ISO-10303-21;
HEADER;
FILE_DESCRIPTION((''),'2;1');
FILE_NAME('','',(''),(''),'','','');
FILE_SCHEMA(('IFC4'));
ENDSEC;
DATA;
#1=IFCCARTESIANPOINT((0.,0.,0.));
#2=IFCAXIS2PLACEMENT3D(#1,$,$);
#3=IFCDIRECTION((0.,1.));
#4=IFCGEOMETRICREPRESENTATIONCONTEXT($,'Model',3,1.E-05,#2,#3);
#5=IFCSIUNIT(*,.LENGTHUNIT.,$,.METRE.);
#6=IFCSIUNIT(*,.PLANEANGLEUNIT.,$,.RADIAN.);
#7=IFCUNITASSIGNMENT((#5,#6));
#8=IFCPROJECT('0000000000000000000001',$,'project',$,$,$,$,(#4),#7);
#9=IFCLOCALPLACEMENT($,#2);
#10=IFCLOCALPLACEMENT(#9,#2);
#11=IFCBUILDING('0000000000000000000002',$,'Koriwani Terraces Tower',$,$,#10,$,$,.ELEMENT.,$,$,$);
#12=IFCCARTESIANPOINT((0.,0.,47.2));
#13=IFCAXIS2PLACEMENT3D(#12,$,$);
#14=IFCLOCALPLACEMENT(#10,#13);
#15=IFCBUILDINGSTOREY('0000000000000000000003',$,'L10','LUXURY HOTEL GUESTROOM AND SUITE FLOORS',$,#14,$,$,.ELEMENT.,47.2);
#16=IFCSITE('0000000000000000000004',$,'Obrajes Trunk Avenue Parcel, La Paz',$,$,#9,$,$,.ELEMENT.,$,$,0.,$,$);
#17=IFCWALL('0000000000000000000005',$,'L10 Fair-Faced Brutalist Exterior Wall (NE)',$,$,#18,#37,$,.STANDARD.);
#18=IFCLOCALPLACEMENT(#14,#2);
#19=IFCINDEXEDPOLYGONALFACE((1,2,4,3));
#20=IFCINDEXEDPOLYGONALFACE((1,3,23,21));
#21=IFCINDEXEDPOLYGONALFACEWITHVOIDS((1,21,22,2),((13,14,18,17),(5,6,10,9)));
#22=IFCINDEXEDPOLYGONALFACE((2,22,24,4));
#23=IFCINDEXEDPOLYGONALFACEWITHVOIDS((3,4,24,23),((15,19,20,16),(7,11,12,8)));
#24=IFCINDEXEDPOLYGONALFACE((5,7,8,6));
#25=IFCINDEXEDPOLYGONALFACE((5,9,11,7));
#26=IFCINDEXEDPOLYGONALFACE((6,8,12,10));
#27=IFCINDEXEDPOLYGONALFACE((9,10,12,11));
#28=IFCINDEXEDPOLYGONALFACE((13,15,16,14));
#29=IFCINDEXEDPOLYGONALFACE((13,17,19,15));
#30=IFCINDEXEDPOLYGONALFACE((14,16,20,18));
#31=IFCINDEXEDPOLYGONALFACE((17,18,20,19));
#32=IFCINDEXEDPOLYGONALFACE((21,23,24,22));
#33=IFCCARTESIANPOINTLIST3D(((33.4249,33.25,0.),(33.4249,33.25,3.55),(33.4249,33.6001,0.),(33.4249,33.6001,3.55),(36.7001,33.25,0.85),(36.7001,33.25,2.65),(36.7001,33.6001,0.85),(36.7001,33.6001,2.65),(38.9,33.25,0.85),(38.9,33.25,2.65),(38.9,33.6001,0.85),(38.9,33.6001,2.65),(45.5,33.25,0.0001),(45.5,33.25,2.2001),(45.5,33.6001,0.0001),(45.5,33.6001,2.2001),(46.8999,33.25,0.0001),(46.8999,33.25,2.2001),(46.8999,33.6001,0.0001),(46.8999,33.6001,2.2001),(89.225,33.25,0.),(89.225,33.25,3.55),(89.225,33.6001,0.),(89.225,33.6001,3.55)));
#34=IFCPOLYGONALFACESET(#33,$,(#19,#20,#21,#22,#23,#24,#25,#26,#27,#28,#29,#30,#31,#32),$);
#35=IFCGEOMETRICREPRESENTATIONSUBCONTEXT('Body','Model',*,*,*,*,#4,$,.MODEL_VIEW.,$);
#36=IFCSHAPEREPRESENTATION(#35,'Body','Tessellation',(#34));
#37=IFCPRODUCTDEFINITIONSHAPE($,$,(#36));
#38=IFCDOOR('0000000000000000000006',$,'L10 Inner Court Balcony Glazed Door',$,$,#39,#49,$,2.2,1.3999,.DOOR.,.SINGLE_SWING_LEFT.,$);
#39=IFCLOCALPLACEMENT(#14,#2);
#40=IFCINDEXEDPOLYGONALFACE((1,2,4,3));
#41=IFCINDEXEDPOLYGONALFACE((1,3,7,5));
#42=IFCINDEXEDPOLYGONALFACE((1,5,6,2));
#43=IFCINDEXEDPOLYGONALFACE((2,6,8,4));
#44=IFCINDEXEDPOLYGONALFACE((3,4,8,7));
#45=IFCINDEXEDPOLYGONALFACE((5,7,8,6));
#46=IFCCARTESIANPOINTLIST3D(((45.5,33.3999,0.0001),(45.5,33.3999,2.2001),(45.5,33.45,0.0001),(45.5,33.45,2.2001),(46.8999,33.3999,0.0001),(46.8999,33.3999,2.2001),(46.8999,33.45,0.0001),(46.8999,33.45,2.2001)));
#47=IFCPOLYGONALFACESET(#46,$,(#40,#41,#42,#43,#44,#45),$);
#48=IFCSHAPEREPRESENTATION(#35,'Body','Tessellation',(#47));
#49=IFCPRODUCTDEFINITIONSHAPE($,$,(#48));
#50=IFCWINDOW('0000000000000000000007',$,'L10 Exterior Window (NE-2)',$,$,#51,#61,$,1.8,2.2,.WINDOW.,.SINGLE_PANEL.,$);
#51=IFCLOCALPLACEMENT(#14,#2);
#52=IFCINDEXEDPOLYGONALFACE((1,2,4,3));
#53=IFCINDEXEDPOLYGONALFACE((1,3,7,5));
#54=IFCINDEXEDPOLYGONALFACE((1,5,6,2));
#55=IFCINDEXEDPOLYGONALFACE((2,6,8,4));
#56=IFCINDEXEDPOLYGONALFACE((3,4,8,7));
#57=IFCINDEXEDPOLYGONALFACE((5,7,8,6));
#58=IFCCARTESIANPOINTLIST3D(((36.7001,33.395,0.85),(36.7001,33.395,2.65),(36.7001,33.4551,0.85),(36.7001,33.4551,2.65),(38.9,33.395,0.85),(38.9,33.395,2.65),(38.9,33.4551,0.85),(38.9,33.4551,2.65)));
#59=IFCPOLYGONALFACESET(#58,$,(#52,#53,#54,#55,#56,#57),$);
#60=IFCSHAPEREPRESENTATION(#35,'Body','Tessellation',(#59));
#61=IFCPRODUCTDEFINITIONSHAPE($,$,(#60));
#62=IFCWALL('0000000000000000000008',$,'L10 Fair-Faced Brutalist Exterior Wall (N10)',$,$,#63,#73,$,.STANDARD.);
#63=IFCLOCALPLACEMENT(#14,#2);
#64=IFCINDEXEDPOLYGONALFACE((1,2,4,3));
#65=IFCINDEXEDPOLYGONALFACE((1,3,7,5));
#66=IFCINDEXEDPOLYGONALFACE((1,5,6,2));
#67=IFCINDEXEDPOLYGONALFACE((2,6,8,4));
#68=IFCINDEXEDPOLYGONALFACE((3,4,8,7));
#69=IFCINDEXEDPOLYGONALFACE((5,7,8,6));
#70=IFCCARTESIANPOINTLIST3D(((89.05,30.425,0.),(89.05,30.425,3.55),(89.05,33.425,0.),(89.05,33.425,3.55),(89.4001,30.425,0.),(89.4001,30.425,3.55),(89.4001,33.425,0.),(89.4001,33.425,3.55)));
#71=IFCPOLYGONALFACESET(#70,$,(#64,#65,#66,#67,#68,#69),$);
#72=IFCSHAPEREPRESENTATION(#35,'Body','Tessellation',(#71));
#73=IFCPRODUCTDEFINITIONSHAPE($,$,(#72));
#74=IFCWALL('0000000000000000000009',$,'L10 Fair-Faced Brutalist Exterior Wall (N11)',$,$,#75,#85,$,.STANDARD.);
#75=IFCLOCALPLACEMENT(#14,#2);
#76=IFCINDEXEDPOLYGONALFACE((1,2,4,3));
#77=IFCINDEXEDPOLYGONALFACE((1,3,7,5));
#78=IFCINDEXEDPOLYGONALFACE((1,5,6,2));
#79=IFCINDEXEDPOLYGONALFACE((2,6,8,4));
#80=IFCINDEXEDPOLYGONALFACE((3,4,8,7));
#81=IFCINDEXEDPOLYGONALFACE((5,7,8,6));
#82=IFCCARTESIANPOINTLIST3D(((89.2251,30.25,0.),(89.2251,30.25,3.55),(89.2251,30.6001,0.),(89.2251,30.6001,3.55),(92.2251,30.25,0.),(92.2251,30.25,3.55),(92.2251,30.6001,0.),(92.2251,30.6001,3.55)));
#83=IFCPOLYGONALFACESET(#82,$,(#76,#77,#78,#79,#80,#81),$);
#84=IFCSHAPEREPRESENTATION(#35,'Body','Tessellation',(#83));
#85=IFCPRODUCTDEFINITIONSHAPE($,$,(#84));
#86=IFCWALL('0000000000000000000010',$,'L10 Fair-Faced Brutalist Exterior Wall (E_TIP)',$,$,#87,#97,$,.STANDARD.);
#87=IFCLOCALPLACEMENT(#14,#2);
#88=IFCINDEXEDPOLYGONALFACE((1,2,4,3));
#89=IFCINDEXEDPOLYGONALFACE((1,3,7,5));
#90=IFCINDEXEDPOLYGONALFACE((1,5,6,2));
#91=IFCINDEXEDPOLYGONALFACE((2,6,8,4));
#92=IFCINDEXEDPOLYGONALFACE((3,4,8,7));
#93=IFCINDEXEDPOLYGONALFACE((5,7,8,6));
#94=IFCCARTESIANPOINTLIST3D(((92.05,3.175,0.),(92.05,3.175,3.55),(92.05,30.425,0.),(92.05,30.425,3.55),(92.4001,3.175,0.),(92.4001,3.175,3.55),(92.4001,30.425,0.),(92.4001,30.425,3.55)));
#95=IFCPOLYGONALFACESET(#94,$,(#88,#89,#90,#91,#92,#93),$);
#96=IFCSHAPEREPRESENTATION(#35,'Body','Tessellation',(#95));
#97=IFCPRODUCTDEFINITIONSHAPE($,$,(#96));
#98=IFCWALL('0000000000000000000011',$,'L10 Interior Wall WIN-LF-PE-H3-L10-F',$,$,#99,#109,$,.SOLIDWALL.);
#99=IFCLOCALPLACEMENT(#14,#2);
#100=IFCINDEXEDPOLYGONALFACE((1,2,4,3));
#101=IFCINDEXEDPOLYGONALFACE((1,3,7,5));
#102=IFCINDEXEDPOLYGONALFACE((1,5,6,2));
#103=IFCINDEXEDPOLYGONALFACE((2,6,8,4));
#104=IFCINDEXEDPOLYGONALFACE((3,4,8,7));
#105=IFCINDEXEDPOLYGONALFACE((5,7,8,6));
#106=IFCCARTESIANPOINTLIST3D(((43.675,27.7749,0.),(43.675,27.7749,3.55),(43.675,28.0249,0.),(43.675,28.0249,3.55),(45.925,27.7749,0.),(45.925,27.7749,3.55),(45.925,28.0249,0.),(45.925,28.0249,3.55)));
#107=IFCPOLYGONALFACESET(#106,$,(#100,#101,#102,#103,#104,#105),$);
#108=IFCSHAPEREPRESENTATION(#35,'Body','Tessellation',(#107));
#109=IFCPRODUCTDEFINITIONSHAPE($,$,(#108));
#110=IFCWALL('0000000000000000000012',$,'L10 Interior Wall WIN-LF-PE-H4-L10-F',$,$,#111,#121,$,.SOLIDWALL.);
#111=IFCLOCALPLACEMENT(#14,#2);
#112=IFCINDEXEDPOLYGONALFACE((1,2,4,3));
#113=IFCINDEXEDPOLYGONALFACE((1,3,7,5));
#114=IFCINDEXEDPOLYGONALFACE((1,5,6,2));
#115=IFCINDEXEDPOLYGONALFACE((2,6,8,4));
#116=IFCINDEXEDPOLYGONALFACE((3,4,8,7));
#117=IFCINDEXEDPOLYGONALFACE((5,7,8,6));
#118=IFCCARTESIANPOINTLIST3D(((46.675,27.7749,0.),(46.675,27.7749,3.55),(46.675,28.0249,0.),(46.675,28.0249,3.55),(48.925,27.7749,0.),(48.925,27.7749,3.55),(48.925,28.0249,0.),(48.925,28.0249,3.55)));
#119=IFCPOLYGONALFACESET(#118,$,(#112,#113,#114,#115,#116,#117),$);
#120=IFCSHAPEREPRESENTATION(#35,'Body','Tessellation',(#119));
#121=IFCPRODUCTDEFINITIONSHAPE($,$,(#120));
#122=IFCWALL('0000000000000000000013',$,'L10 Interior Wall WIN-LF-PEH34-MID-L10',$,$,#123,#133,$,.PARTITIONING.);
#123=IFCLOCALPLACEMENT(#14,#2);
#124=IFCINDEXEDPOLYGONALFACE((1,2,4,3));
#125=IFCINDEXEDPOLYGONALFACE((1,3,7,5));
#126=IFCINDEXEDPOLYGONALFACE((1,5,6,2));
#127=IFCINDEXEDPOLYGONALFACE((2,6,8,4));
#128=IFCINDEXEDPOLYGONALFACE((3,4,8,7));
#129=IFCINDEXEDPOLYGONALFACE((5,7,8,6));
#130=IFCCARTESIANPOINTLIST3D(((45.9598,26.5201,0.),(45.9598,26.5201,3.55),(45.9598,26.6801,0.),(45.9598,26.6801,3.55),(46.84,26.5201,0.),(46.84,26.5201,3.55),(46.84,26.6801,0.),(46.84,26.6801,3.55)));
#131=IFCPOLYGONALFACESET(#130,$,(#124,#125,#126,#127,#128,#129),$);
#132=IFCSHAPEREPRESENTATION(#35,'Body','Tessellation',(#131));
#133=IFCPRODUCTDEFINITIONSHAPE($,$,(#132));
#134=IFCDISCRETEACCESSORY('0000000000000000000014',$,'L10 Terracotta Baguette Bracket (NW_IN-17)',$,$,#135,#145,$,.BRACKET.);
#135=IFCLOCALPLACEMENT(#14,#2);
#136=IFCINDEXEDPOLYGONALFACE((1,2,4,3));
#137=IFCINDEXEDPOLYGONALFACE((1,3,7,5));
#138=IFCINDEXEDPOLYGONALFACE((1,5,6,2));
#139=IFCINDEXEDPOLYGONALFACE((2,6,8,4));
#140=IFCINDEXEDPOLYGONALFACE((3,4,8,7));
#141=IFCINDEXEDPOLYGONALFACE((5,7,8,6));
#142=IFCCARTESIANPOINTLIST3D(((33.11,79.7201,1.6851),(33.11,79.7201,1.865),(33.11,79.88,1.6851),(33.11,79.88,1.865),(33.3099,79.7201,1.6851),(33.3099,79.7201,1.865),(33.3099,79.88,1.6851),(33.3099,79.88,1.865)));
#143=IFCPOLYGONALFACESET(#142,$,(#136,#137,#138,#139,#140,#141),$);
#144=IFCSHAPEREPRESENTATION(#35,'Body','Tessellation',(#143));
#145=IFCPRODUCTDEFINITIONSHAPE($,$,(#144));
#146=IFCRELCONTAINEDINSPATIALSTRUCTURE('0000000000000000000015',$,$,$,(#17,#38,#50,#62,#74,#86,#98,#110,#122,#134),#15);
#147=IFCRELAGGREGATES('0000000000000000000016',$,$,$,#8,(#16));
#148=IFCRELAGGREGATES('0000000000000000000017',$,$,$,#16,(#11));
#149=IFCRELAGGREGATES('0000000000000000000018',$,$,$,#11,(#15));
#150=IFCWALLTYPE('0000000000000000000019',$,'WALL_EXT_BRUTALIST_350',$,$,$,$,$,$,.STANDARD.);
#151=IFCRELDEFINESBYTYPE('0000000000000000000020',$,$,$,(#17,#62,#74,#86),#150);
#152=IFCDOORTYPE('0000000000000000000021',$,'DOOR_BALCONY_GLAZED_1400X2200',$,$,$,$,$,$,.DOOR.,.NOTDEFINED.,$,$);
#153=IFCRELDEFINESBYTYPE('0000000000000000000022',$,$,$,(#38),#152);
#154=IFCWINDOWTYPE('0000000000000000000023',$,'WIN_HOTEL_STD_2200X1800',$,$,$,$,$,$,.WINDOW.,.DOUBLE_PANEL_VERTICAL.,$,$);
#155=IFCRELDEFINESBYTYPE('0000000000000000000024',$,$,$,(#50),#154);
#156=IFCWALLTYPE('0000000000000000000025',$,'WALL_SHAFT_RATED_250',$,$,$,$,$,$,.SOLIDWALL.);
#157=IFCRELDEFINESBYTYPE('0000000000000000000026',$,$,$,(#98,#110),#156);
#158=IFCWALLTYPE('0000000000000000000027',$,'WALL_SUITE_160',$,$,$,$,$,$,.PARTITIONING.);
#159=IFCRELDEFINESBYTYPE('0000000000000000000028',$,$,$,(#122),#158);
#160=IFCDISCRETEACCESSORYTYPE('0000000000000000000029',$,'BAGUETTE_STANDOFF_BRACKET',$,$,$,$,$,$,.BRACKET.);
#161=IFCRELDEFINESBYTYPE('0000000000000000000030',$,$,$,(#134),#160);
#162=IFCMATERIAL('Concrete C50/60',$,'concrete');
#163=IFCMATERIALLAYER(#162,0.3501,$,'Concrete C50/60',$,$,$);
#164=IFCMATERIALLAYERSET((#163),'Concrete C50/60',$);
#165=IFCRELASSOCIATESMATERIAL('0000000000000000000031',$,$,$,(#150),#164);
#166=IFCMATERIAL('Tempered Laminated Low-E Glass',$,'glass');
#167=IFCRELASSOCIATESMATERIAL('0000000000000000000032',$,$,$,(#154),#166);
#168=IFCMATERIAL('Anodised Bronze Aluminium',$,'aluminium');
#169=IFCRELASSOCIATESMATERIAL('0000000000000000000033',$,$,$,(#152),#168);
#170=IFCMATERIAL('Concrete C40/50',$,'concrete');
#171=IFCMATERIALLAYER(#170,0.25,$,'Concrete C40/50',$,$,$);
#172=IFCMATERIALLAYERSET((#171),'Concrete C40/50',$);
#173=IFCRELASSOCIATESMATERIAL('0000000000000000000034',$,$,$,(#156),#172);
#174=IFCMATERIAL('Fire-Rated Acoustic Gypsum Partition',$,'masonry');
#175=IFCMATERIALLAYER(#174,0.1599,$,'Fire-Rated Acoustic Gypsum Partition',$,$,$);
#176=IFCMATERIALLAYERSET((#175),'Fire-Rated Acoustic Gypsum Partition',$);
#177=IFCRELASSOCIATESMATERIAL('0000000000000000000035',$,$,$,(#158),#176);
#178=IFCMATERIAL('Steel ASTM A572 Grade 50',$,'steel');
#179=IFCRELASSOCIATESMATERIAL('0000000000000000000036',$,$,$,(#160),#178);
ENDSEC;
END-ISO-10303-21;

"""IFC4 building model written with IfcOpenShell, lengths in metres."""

from ifc_helpers import new_model, si_unit, direction, frame, frame_2d, origin, origin_2d, place, context, subcontext, project, spatial, rectangle, extrude, material, layer, layer_set, type_object, element, fill, save


model = new_model("IFC4")

# Units and contexts
model_context = context("Model", 3, precision=1e-05, world=origin(), true_north=direction((0.0, 1.0)))
body_context = subcontext(model_context, "Body", "Model", "MODEL_VIEW")
ifc_project = project(units=[si_unit("LENGTHUNIT", "METRE"), si_unit("PLANEANGLEUNIT", "RADIAN")], contexts=[model_context])

# Site, building, storey
site_placement = place(None, origin())
site = spatial("IfcSite", under=ifc_project, at=site_placement, Name="Obrajes Trunk Avenue Parcel, La Paz", CompositionType="ELEMENT", RefElevation=0.0)
building_placement = place(site_placement, origin())
building = spatial("IfcBuilding", under=site, at=building_placement, Name="Koriwani Terraces Tower", CompositionType="ELEMENT")
storey_placement = place(building_placement, frame((0.0, 0.0, 47.2)))
storey = spatial("IfcBuildingStorey", under=building, at=storey_placement, Name="L10", Description="LUXURY HOTEL GUESTROOM AND SUITE FLOORS", CompositionType="ELEMENT", Elevation=47.2)

# Shared definitions
ifc_material_1 = material(Name="Concrete C40/50", Category="concrete")
ifc_material_2 = material(Name="Concrete C50/60", Category="concrete")
ifc_material_3 = material(Name="Steel ASTM A572 Grade 50", Category="steel")

# Shared definitions
ifc_layer_1 = layer(ifc_material_2, 0.3501, Name="Concrete C50/60")
ifc_layer_set_1 = layer_set([ifc_layer_1], Name="Concrete C50/60")
wall_type_1 = type_object("IfcWallType", Name="WALL_EXT_BRUTALIST_350", PredefinedType="STANDARD", material=ifc_layer_set_1)
ifc_material_4 = material(Name="Tempered Laminated Low-E Glass", Category="glass")
window_type = type_object("IfcWindowType", Name="WIN_HOTEL_STD_2200X1800", PartitioningType="DOUBLE_PANEL_VERTICAL", PredefinedType="WINDOW", material=ifc_material_4)

# Wall, openings, door, window
wall_1_placement = place(storey_placement, frame((33.425, 33.425, 0.0), z_axis=(0.0, 0.0, 1.0), x_axis=(1.0, 0.0, 0.0)))
wall_1 = element("IfcWall", 1, at=wall_1_placement, inside=storey, type_object=wall_type_1, Name="L10 Fair-Faced Brutalist Exterior Wall (NE)", PredefinedType="STANDARD", context=body_context, shape_type="SweptSolid", body=[
    extrude(rectangle(XDim=55.8, YDim=0.3501, at=frame_2d((27.8999, 0.0))), origin(), (0.0, 0.0, 1.0), 3.55),
])
opening_1_placement = place(wall_1_placement, frame((12.075, 0.0, 0.0)))
opening_1 = element("IfcOpeningElement", 2, at=opening_1_placement, cuts=wall_1, PredefinedType="OPENING", context=body_context, shape_type="SweptSolid", body=[
    extrude(rectangle(XDim=1.3999, YDim=2.2, at=frame_2d((0.7, 1.1001))), frame((0.0, 0.1851, 0.0), z_axis=(0.0, -1.0, 0.0), x_axis=(1.0, 0.0, 0.0)), (0.0, 0.0, 1.0), 0.3701),
])
opening_2_placement = place(wall_1_placement, frame((3.2749, 0.0, 0.8501)))
opening_2 = element("IfcOpeningElement", 3, at=opening_2_placement, cuts=wall_1, PredefinedType="OPENING", context=body_context, shape_type="SweptSolid", body=[
    extrude(rectangle(XDim=2.2, YDim=1.8, at=frame_2d((1.1001, 0.8999))), frame((0.0, 0.1851, 0.0), z_axis=(0.0, -1.0, 0.0), x_axis=(1.0, 0.0, 0.0)), (0.0, 0.0, 1.0), 0.3701),
])
ifc_material_5 = material(Name="Anodised Bronze Aluminium", Category="aluminium")
door_type = type_object("IfcDoorType", Name="DOOR_BALCONY_GLAZED_1400X2200", OperationType="NOTDEFINED", PredefinedType="DOOR", material=ifc_material_5)
door_placement = place(opening_1_placement, origin())
door = element("IfcDoor", 4, at=door_placement, inside=storey, type_object=door_type, Name="L10 Inner Court Balcony Glazed Door", OperationType="SINGLE_SWING_LEFT", OverallHeight=2.2, OverallWidth=1.3999, PredefinedType="DOOR", context=body_context, shape_type="SweptSolid", body=[
    extrude(rectangle(XDim=1.3999, YDim=2.2, at=frame_2d((0.7, 1.1001))), frame((0.0, 0.0249, 0.0), z_axis=(0.0, -1.0, 0.0), x_axis=(1.0, 0.0, 0.0)), (0.0, 0.0, 1.0), 0.05),
])
fill(opening_1, door)
window_1_placement = place(opening_2_placement, origin())
window_1 = element("IfcWindow", 5, at=window_1_placement, inside=storey, type_object=window_type, Name="L10 Exterior Window (NE-2)", OverallHeight=1.8, OverallWidth=2.2, PartitioningType="SINGLE_PANEL", PredefinedType="WINDOW", context=body_context, shape_type="SweptSolid", body=[
    extrude(rectangle(XDim=2.2, YDim=1.8, at=frame_2d((1.1001, 0.8999))), frame((0.0, 0.03, 0.0), z_axis=(0.0, -1.0, 0.0), x_axis=(1.0, 0.0, 0.0)), (0.0, 0.0, 1.0), 0.0601),
])
fill(opening_2, window_1)

# Walls
for number, where, z_axis, x_axis, name in (
    (6, (89.2251, 33.425, 0.0), (0.0, 0.0, 1.0), (0.0, -1.0, 0.0), "L10 Fair-Faced Brutalist Exterior Wall (N10)"),
    (7, (89.2251, 30.425, 0.0), (0.0, 0.0, 1.0), (1.0, 0.0, 0.0), "L10 Fair-Faced Brutalist Exterior Wall (N11)"),
):
    element("IfcWall", number, at=place(storey_placement, frame(where, z_axis=z_axis, x_axis=x_axis)), inside=storey, type_object=wall_type_1, Name=name, PredefinedType="STANDARD", context=body_context, shape_type="SweptSolid", body=[
        extrude(rectangle(XDim=3.0, YDim=0.3501, at=frame_2d((1.5, 0.0))), origin(), (0.0, 0.0, 1.0), 3.55),
    ])
wall_2_placement = place(storey_placement, frame((92.2251, 30.425, 0.0), z_axis=(0.0, 0.0, 1.0), x_axis=(0.0, -1.0, 0.0)))
element("IfcWall", 8, at=wall_2_placement, inside=storey, type_object=wall_type_1, Name="L10 Fair-Faced Brutalist Exterior Wall (E_TIP)", PredefinedType="STANDARD", context=body_context, shape_type="SweptSolid", body=[
    extrude(rectangle(XDim=27.25, YDim=0.3501, at=frame_2d((13.625, 0.0))), origin(), (0.0, 0.0, 1.0), 3.55),
])
ifc_layer_2 = layer(ifc_material_1, 0.25, Name="Concrete C40/50")
ifc_layer_set_2 = layer_set([ifc_layer_2], Name="Concrete C40/50")
wall_type_2 = type_object("IfcWallType", Name="WALL_SHAFT_RATED_250", PredefinedType="SOLIDWALL", material=ifc_layer_set_2)
for number, where, z_axis, x_axis, name in (
    (9, (43.675, 27.8999, 0.0), (0.0, 0.0, 1.0), (1.0, 0.0, 0.0), "L10 Interior Wall WIN-LF-PE-H3-L10-F"),
    (10, (46.675, 27.8999, 0.0), (0.0, 0.0, 1.0), (1.0, 0.0, 0.0), "L10 Interior Wall WIN-LF-PE-H4-L10-F"),
):
    element("IfcWall", number, at=place(storey_placement, frame(where, z_axis=z_axis, x_axis=x_axis)), inside=storey, type_object=wall_type_2, Name=name, PredefinedType="SOLIDWALL", context=body_context, shape_type="SweptSolid", body=[
        extrude(rectangle(XDim=2.25, YDim=0.25, at=frame_2d((1.125, 0.0))), origin(), (0.0, 0.0, 1.0), 3.55),
    ])
ifc_material_6 = material(Name="Fire-Rated Acoustic Gypsum Partition", Category="masonry")
ifc_layer_3 = layer(ifc_material_6, 0.1599, Name="Fire-Rated Acoustic Gypsum Partition")
ifc_layer_set_3 = layer_set([ifc_layer_3], Name="Fire-Rated Acoustic Gypsum Partition")
wall_type_3 = type_object("IfcWallType", Name="WALL_SUITE_160", PredefinedType="PARTITIONING", material=ifc_layer_set_3)
wall_3_placement = place(storey_placement, frame((45.96, 26.6001, 0.0), z_axis=(0.0, 0.0, 1.0), x_axis=(1.0, 0.0, 0.0)))
element("IfcWall", 11, at=wall_3_placement, inside=storey, type_object=wall_type_3, Name="L10 Interior Wall WIN-LF-PEH34-MID-L10", PredefinedType="PARTITIONING", context=body_context, shape_type="SweptSolid", body=[
    extrude(rectangle(XDim=0.8801, YDim=0.1599, at=frame_2d((0.4399, 0.0))), origin(), (0.0, 0.0, 1.0), 3.55),
])

# Discrete accessory
discrete_accessory_type = type_object("IfcDiscreteAccessoryType", Name="BAGUETTE_STANDOFF_BRACKET", PredefinedType="BRACKET", material=ifc_material_3)
discrete_accessory_placement = place(storey_placement, frame((33.21, 79.8, 1.6851), z_axis=(0.0, 0.0, 1.0), x_axis=(0.0, -1.0, 0.0)))
element("IfcDiscreteAccessory", 12, at=discrete_accessory_placement, inside=storey, type_object=discrete_accessory_type, Name="L10 Terracotta Baguette Bracket (NW_IN-17)", PredefinedType="BRACKET", context=body_context, shape_type="SweptSolid", body=[
    extrude(rectangle(XDim=0.1599, YDim=0.2, at=origin_2d()), origin(), (0.0, 0.0, 1.0), 0.1799),
])

save(model, "model.ifc")
